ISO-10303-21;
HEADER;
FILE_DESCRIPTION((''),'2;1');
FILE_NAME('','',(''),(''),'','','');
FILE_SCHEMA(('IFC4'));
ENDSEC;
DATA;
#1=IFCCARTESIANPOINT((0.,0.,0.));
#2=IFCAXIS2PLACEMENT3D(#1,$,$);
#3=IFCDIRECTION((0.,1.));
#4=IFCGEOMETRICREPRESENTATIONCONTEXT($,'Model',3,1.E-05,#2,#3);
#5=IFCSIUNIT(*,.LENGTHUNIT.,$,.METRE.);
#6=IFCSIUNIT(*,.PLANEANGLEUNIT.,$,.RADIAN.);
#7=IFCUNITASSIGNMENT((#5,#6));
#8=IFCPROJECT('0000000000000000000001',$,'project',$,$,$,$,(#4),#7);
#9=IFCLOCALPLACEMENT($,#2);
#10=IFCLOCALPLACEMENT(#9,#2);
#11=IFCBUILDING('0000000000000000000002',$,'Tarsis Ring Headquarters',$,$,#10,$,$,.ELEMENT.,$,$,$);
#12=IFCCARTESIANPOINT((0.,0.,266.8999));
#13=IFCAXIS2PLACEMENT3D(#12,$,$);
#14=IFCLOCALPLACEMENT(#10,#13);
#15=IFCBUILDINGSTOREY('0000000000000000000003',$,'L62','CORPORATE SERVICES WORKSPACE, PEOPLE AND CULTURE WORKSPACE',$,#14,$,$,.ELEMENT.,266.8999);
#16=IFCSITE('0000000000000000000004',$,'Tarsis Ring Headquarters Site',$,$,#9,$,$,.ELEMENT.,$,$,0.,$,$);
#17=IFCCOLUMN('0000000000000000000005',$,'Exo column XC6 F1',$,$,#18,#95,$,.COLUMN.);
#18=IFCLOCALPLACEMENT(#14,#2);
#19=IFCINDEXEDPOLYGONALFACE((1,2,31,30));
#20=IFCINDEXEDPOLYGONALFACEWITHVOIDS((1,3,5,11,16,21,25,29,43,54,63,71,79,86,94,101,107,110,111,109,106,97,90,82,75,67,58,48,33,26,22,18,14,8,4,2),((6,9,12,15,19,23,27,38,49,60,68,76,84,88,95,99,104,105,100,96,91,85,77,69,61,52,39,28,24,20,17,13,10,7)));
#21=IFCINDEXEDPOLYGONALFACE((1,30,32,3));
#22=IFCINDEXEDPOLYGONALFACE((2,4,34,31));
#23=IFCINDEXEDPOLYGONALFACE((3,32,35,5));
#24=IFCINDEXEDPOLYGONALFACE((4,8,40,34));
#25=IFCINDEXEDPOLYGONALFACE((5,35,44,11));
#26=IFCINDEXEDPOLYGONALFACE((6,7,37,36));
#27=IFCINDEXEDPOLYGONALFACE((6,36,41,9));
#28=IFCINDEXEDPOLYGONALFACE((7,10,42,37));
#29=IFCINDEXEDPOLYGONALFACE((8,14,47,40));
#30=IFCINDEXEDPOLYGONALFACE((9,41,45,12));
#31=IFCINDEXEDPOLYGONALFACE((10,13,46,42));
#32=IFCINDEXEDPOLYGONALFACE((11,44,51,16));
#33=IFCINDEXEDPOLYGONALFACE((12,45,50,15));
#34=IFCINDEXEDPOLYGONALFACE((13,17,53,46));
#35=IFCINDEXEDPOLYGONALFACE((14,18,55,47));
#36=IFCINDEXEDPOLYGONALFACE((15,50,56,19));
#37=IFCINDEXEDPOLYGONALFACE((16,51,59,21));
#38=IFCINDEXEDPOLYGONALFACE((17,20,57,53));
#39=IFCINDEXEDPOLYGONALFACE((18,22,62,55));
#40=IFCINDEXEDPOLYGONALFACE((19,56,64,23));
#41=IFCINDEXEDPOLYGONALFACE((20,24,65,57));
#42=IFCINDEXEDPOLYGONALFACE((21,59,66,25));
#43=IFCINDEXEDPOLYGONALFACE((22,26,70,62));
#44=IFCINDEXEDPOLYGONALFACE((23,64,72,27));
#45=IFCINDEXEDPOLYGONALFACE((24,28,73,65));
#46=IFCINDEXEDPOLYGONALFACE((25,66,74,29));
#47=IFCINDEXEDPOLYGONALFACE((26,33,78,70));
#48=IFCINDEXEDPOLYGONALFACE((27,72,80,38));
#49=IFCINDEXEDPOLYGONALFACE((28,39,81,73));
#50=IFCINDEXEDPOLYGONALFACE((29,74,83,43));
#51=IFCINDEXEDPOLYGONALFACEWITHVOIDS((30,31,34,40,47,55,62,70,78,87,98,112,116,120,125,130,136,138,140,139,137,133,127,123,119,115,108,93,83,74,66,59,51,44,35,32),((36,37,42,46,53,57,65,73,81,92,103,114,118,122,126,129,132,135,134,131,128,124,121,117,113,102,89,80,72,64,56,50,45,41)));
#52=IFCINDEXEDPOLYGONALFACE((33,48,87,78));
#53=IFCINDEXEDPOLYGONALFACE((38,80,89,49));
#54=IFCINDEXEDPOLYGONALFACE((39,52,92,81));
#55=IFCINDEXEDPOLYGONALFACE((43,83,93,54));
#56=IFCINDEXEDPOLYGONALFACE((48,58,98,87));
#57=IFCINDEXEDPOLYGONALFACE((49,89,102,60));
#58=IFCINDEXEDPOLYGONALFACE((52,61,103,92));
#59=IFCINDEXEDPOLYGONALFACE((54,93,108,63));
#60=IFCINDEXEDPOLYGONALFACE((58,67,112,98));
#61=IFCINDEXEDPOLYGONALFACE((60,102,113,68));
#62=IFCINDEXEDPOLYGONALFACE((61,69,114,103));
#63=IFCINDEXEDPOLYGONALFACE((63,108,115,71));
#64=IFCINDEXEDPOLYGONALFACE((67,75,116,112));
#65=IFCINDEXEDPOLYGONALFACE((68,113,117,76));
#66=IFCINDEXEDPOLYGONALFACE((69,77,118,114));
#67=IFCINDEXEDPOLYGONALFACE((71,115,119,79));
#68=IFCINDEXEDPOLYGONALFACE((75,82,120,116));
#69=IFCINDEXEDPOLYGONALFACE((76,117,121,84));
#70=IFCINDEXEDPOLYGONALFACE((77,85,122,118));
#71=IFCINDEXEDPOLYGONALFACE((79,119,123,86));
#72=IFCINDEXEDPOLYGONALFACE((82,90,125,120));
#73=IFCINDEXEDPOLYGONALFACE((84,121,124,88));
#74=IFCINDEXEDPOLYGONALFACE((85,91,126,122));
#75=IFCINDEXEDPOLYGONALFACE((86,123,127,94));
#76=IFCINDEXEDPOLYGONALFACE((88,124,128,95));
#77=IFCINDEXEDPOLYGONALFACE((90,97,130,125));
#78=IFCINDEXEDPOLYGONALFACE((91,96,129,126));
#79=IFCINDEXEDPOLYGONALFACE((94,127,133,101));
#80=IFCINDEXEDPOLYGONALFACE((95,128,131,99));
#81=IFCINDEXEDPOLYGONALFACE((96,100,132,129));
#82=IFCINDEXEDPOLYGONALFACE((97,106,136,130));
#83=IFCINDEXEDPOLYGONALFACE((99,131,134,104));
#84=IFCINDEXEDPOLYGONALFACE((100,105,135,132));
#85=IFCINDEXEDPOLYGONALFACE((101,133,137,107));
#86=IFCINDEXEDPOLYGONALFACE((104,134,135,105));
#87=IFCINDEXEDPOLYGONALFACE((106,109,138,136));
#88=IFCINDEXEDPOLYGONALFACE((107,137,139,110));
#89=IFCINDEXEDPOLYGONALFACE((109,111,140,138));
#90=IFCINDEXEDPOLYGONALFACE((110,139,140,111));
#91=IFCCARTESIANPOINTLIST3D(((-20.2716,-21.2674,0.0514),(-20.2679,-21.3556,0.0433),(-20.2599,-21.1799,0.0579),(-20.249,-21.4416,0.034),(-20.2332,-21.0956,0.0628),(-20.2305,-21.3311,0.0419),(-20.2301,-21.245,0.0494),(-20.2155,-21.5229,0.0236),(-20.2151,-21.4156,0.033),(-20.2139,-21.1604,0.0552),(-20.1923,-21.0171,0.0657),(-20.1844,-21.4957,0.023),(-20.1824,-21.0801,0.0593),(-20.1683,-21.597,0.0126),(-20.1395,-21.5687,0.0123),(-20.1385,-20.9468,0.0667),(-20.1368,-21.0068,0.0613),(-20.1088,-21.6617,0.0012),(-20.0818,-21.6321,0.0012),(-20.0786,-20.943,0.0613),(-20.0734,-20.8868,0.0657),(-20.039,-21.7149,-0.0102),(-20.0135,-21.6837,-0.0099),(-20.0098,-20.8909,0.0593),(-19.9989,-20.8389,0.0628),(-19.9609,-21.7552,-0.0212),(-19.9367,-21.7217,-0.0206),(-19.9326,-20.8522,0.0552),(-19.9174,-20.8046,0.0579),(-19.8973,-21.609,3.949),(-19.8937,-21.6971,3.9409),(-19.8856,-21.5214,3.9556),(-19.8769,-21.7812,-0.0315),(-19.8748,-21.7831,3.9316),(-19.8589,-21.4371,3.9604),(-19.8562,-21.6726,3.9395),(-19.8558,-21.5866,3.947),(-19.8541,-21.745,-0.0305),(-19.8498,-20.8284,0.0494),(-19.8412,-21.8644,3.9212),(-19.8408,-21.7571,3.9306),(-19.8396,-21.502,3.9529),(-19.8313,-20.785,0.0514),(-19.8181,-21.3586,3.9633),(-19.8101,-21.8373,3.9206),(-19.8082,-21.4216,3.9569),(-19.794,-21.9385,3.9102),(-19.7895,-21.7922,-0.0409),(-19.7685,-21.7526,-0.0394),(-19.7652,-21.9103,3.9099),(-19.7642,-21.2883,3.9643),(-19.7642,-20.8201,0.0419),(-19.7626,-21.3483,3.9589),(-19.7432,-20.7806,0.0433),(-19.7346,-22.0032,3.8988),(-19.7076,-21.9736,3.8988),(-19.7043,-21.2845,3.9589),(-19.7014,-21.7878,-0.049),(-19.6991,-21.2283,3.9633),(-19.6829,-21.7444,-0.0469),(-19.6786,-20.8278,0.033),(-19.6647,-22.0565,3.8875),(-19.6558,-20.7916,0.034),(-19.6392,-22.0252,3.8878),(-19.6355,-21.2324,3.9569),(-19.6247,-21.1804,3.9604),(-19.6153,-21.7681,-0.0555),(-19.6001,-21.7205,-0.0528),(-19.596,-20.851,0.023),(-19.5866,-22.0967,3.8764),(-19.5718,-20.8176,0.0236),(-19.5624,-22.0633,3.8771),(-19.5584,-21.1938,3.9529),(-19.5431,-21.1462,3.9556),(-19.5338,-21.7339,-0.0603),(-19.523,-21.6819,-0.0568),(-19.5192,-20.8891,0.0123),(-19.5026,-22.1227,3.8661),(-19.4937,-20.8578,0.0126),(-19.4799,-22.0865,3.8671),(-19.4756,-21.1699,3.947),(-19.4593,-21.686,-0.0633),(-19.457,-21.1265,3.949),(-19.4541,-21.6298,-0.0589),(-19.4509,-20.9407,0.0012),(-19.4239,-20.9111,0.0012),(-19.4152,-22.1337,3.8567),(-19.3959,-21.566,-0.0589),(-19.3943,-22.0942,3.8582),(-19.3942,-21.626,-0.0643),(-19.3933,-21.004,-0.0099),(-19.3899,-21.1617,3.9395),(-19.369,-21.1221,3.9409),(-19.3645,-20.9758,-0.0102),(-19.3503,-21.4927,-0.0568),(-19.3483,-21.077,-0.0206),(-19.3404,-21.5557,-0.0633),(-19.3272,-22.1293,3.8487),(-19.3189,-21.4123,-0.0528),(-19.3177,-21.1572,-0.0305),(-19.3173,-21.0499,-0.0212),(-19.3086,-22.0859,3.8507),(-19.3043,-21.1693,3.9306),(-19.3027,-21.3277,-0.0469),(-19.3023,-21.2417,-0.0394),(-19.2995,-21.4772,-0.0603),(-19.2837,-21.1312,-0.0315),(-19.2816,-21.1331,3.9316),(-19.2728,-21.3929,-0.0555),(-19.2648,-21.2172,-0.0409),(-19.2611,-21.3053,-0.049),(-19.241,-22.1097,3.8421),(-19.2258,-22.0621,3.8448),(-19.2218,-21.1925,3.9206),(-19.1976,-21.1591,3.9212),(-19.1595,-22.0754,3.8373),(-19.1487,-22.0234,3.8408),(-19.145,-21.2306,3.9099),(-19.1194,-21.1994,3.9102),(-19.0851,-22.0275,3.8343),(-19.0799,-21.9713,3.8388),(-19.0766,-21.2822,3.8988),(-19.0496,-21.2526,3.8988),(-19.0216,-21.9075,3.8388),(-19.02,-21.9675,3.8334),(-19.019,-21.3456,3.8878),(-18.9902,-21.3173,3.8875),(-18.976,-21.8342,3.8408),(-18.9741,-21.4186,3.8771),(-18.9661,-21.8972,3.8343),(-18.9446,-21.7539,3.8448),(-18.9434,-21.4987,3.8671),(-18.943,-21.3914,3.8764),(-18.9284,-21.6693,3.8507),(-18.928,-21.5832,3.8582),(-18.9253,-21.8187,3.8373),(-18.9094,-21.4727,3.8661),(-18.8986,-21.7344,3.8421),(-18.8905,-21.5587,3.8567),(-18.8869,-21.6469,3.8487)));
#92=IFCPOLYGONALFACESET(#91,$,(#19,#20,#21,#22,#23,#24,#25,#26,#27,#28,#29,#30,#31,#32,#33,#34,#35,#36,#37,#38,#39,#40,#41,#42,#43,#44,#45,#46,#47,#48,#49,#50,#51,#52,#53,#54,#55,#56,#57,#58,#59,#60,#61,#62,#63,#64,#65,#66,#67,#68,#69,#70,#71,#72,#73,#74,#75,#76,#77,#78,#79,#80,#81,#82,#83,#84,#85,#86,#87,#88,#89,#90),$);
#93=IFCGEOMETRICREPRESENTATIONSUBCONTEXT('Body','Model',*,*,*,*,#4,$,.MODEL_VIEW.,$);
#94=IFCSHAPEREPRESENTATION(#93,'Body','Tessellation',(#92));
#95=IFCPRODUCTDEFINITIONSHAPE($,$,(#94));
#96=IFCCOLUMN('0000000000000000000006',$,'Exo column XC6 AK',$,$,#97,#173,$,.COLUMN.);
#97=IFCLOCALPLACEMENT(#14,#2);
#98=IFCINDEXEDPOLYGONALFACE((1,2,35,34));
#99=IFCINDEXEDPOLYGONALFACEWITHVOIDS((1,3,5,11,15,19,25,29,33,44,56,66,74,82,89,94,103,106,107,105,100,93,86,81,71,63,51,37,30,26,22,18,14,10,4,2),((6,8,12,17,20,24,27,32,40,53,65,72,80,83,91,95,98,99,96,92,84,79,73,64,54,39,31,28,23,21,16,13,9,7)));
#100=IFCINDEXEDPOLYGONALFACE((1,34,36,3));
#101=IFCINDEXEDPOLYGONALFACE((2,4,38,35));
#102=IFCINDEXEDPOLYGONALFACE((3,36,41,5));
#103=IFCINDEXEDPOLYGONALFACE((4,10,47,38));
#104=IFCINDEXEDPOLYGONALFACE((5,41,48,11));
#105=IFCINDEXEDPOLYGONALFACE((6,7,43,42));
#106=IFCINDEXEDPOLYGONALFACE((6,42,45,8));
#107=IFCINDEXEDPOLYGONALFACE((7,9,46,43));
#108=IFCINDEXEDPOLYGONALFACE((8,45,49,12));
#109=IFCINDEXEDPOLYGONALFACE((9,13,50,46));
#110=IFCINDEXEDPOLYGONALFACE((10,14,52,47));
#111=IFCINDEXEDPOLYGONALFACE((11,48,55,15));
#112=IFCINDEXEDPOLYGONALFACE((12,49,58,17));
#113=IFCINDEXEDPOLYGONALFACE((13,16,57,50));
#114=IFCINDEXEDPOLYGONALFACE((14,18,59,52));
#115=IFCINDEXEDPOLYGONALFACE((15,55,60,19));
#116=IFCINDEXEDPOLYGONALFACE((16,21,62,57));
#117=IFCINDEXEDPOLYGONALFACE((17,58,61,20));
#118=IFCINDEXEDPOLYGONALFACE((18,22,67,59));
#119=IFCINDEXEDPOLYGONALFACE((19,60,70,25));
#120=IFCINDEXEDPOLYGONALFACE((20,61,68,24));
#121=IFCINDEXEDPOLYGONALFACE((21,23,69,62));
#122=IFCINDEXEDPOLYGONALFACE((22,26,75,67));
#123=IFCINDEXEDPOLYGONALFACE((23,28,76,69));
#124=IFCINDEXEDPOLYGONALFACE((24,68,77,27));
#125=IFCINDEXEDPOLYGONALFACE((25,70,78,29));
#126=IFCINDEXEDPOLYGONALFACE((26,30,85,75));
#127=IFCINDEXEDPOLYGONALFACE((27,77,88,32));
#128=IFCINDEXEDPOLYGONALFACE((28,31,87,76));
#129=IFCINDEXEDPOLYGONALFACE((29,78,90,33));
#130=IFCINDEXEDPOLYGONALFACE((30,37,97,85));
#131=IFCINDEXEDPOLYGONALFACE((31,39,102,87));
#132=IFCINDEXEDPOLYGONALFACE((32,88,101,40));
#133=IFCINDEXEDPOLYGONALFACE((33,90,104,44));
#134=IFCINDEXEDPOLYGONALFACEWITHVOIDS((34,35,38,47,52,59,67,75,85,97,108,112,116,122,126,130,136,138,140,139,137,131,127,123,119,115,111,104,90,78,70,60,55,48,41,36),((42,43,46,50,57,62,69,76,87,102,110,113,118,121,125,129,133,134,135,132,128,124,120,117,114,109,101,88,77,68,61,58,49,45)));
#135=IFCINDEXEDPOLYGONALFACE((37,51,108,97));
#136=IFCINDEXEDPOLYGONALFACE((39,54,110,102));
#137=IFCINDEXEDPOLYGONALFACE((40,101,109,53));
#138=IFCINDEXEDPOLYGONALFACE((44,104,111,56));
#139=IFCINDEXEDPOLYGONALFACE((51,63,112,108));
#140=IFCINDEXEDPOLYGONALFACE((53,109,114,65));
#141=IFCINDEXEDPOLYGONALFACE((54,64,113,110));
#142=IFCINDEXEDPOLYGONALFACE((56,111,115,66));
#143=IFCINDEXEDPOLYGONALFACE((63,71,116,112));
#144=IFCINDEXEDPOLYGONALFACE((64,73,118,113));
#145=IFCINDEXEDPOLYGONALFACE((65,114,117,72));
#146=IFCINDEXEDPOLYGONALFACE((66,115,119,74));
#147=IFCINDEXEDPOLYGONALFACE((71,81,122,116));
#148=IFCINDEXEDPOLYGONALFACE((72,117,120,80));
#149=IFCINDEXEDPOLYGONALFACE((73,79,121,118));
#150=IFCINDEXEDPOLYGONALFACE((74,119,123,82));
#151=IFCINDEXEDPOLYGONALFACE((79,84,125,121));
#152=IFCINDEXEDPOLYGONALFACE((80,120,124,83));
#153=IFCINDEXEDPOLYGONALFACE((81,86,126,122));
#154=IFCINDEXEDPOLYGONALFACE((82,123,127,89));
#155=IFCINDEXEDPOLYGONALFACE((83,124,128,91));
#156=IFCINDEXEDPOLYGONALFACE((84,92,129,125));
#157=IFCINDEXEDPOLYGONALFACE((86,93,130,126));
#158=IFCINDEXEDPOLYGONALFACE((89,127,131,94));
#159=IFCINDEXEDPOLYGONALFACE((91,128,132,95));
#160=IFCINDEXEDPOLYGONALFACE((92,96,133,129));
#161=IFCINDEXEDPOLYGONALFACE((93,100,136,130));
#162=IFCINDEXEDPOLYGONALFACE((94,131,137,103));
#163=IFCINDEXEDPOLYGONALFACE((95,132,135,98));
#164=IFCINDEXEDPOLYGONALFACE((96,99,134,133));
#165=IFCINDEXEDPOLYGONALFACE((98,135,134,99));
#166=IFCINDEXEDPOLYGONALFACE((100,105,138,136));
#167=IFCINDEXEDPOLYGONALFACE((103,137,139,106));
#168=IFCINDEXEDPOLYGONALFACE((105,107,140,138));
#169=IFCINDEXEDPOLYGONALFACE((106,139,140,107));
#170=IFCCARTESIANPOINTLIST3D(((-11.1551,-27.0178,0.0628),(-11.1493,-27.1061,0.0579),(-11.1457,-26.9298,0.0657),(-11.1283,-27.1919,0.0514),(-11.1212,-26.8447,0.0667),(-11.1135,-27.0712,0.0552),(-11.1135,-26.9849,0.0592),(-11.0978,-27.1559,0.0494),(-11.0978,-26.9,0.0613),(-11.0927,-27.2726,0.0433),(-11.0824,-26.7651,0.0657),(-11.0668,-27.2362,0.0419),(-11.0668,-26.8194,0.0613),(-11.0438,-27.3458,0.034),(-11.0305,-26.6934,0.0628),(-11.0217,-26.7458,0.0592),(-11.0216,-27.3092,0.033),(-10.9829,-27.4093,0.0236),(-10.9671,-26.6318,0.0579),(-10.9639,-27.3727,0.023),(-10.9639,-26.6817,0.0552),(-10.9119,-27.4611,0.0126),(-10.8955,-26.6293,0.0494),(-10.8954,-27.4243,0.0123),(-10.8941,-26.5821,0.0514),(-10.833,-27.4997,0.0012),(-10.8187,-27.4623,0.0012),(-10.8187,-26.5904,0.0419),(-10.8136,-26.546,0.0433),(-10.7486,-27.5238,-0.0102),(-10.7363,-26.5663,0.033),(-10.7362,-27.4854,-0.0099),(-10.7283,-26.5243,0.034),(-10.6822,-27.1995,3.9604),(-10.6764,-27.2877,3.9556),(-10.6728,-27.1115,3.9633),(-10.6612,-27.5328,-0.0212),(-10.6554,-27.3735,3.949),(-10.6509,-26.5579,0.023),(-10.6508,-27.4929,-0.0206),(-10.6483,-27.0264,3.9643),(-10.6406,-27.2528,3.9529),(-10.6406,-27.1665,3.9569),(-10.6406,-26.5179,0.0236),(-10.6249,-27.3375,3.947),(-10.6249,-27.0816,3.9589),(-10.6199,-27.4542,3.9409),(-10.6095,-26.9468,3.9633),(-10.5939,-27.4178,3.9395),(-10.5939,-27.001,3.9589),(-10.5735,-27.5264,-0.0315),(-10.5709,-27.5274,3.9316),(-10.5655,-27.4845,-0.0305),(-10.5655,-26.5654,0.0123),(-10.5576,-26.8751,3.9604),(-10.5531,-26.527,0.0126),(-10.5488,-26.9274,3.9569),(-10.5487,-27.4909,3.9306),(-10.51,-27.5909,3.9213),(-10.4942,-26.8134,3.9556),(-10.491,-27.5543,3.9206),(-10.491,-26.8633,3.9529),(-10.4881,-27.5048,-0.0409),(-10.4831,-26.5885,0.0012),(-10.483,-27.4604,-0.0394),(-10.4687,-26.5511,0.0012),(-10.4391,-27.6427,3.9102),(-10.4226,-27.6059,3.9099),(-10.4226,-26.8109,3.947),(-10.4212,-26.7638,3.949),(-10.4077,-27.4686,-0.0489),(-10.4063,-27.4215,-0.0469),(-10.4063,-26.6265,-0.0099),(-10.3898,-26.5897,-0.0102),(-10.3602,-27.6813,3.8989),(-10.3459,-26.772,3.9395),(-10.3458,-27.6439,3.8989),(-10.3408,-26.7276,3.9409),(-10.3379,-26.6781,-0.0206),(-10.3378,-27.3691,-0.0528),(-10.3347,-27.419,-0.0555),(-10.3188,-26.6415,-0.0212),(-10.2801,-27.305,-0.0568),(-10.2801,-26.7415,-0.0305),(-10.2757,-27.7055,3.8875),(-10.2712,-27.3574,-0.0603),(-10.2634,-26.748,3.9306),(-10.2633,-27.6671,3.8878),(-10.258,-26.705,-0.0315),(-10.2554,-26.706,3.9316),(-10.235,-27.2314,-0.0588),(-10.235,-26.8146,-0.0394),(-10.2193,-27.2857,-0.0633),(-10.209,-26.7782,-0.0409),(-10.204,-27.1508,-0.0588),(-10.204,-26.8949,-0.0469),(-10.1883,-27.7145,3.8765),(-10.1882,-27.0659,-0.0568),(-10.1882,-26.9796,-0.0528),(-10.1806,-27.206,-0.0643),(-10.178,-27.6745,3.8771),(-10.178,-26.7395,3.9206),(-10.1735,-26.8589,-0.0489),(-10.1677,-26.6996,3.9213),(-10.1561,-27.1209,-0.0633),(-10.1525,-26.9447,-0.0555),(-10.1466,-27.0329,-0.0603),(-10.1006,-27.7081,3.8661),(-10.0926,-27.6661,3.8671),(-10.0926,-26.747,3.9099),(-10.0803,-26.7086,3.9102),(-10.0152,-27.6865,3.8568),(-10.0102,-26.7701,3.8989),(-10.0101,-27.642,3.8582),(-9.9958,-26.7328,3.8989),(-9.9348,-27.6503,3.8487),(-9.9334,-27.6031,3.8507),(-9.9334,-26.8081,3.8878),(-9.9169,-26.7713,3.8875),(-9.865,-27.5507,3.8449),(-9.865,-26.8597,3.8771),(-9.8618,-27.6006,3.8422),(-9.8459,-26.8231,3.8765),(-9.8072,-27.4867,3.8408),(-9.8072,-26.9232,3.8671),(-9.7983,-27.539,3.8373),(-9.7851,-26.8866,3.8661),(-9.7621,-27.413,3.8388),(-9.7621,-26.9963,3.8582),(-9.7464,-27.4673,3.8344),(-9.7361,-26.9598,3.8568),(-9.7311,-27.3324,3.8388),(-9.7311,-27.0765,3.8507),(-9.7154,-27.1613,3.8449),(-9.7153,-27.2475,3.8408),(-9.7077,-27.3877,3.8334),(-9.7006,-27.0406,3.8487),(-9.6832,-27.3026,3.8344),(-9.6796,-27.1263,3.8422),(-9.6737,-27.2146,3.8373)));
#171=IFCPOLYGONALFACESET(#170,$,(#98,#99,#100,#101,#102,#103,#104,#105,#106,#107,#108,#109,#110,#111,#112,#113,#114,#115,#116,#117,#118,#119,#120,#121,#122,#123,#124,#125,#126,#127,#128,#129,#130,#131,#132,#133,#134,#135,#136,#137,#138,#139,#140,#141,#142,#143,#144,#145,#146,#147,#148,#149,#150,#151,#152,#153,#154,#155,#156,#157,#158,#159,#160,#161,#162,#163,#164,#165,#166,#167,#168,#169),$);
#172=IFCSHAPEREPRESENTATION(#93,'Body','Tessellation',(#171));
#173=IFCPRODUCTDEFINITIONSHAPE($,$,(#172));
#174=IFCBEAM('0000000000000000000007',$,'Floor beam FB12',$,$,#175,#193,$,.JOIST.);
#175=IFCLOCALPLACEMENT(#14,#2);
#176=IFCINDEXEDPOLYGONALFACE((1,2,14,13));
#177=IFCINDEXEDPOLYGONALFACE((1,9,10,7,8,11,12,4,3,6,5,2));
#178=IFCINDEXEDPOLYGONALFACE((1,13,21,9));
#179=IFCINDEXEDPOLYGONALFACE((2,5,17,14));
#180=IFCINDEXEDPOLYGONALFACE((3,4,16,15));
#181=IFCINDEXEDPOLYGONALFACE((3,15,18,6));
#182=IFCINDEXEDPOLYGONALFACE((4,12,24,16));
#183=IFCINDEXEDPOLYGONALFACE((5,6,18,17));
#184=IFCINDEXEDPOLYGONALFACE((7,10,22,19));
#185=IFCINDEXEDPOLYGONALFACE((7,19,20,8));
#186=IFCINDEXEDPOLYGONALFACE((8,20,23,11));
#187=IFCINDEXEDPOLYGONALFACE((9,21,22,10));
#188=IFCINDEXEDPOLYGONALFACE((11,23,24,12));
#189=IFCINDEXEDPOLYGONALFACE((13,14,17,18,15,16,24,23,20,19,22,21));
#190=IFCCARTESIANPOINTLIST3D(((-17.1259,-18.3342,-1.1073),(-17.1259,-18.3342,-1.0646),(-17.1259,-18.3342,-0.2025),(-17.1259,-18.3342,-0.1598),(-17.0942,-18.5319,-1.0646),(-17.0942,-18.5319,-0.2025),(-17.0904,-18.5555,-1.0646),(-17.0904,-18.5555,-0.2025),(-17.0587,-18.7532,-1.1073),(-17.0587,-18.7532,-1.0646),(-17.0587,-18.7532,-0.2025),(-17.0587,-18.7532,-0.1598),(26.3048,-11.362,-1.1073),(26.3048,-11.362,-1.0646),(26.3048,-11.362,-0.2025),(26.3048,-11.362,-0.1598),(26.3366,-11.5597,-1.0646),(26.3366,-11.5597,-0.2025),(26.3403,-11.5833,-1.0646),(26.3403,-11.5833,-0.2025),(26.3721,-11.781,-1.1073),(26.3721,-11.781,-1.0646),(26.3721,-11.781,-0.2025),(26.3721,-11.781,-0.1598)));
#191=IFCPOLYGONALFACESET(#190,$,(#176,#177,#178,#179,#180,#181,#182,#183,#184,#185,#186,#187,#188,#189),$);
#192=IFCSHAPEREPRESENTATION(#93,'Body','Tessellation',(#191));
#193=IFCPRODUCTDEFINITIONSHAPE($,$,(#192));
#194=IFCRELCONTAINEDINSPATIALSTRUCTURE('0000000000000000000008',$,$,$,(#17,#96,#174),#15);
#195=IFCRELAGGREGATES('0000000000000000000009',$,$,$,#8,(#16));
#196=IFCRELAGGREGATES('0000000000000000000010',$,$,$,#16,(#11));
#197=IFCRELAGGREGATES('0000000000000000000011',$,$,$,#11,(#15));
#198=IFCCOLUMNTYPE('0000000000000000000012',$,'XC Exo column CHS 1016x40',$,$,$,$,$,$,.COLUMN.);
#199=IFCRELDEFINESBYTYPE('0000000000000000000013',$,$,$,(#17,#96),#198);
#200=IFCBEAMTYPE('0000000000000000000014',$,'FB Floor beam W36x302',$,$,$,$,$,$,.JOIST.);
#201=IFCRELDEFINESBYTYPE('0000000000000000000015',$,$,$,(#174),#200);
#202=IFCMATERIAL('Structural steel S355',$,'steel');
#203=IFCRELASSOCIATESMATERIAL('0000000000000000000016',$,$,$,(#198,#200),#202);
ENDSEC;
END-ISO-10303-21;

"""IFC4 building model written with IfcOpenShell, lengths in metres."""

from ifc_helpers import new_model, si_unit, direction, frame, origin, origin_2d, place, context, subcontext, project, spatial, hollow_circle, i_section, extrude, material, material_profile, profile_set, type_object, element, save


model = new_model("IFC4")

# Units and contexts
model_context = context("Model", 3, precision=1e-05, world=origin(), true_north=direction((0.0, 1.0)))
body_context = subcontext(model_context, "Body", "Model", "MODEL_VIEW")
ifc_project = project(units=[si_unit("LENGTHUNIT", "METRE"), si_unit("PLANEANGLEUNIT", "RADIAN")], contexts=[model_context])

# Site, building, storey
site_placement = place(None, origin())
site = spatial("IfcSite", under=ifc_project, at=site_placement, Name="Tarsis Ring Headquarters Site", CompositionType="ELEMENT", RefElevation=0.0)
building_placement = place(site_placement, origin())
building = spatial("IfcBuilding", under=site, at=building_placement, Name="Tarsis Ring Headquarters", CompositionType="ELEMENT")
storey_placement = place(building_placement, frame((0.0, 0.0, 266.8999)))
storey = spatial("IfcBuildingStorey", under=building, at=storey_placement, Name="L62", Description="CORPORATE SERVICES WORKSPACE, PEOPLE AND CULTURE WORKSPACE", CompositionType="ELEMENT", Elevation=266.8999)

# Columns
ifc_material_1 = material(Name="Structural steel S355", Category="steel")
ifc_material_profile_1 = material_profile(ifc_material_1, hollow_circle(Radius=0.5081, WallThickness=0.04, at=origin_2d()), Name="CHS 1016x40")
ifc_profile_set_1 = profile_set([ifc_material_profile_1], Name="Structural steel S355")
column_type = type_object("IfcColumnType", Name="XC Exo column CHS 1016x40", PredefinedType="COLUMN", material=ifc_profile_set_1)
for number, where, z_axis, x_axis, name in (
    (1, (-19.7664, -21.2864, 0.0012), (0.095221, -0.086898, 0.991656), (0.674087, 0.738652, 0.0), "Exo column XC6 F1"),
    (2, (-10.6509, -27.0254, 0.0012), (0.120316, -0.046213, 0.991659), (0.358559, 0.933507, 0.0), "Exo column XC6 AK"),
):
    element("IfcColumn", number, at=place(storey_placement, frame(where, z_axis=z_axis, x_axis=x_axis)), inside=storey, type_object=column_type, Name=name, PredefinedType="COLUMN", context=body_context, shape_type="SweptSolid", body=[
        extrude(hollow_circle(Radius=0.5081, WallThickness=0.04, at=origin_2d()), origin(), (0.0, 0.0, 1.0), 3.9304),
    ])

# Beam
ifc_material_profile_2 = material_profile(ifc_material_1, i_section(OverallWidth=0.4243, OverallDepth=0.9475, WebThickness=0.0239, FlangeThickness=0.0427, at=origin_2d()), Name="W36x302")
ifc_profile_set_2 = profile_set([ifc_material_profile_2], Name="Structural steel S355")
beam_type_1 = type_object("IfcBeamType", Name="FB Floor beam W36x302", PredefinedType="JOIST", material=ifc_profile_set_2)
beam_1_placement = place(storey_placement, frame((-17.0923, -18.5437, -0.6335), z_axis=(0.987358, 0.158506, 0.0), x_axis=(-0.158506, 0.987358, 0.0)))
element("IfcBeam", 3, at=beam_1_placement, inside=storey, type_object=beam_type_1, Name="Floor beam FB12", PredefinedType="JOIST", context=body_context, shape_type="SweptSolid", body=[
    extrude(i_section(OverallWidth=0.4243, OverallDepth=0.9475, WebThickness=0.0239, FlangeThickness=0.0427, at=origin_2d()), origin(), (0.0, 0.0, 1.0), 43.9868),
])

save(model, "model.ifc")
